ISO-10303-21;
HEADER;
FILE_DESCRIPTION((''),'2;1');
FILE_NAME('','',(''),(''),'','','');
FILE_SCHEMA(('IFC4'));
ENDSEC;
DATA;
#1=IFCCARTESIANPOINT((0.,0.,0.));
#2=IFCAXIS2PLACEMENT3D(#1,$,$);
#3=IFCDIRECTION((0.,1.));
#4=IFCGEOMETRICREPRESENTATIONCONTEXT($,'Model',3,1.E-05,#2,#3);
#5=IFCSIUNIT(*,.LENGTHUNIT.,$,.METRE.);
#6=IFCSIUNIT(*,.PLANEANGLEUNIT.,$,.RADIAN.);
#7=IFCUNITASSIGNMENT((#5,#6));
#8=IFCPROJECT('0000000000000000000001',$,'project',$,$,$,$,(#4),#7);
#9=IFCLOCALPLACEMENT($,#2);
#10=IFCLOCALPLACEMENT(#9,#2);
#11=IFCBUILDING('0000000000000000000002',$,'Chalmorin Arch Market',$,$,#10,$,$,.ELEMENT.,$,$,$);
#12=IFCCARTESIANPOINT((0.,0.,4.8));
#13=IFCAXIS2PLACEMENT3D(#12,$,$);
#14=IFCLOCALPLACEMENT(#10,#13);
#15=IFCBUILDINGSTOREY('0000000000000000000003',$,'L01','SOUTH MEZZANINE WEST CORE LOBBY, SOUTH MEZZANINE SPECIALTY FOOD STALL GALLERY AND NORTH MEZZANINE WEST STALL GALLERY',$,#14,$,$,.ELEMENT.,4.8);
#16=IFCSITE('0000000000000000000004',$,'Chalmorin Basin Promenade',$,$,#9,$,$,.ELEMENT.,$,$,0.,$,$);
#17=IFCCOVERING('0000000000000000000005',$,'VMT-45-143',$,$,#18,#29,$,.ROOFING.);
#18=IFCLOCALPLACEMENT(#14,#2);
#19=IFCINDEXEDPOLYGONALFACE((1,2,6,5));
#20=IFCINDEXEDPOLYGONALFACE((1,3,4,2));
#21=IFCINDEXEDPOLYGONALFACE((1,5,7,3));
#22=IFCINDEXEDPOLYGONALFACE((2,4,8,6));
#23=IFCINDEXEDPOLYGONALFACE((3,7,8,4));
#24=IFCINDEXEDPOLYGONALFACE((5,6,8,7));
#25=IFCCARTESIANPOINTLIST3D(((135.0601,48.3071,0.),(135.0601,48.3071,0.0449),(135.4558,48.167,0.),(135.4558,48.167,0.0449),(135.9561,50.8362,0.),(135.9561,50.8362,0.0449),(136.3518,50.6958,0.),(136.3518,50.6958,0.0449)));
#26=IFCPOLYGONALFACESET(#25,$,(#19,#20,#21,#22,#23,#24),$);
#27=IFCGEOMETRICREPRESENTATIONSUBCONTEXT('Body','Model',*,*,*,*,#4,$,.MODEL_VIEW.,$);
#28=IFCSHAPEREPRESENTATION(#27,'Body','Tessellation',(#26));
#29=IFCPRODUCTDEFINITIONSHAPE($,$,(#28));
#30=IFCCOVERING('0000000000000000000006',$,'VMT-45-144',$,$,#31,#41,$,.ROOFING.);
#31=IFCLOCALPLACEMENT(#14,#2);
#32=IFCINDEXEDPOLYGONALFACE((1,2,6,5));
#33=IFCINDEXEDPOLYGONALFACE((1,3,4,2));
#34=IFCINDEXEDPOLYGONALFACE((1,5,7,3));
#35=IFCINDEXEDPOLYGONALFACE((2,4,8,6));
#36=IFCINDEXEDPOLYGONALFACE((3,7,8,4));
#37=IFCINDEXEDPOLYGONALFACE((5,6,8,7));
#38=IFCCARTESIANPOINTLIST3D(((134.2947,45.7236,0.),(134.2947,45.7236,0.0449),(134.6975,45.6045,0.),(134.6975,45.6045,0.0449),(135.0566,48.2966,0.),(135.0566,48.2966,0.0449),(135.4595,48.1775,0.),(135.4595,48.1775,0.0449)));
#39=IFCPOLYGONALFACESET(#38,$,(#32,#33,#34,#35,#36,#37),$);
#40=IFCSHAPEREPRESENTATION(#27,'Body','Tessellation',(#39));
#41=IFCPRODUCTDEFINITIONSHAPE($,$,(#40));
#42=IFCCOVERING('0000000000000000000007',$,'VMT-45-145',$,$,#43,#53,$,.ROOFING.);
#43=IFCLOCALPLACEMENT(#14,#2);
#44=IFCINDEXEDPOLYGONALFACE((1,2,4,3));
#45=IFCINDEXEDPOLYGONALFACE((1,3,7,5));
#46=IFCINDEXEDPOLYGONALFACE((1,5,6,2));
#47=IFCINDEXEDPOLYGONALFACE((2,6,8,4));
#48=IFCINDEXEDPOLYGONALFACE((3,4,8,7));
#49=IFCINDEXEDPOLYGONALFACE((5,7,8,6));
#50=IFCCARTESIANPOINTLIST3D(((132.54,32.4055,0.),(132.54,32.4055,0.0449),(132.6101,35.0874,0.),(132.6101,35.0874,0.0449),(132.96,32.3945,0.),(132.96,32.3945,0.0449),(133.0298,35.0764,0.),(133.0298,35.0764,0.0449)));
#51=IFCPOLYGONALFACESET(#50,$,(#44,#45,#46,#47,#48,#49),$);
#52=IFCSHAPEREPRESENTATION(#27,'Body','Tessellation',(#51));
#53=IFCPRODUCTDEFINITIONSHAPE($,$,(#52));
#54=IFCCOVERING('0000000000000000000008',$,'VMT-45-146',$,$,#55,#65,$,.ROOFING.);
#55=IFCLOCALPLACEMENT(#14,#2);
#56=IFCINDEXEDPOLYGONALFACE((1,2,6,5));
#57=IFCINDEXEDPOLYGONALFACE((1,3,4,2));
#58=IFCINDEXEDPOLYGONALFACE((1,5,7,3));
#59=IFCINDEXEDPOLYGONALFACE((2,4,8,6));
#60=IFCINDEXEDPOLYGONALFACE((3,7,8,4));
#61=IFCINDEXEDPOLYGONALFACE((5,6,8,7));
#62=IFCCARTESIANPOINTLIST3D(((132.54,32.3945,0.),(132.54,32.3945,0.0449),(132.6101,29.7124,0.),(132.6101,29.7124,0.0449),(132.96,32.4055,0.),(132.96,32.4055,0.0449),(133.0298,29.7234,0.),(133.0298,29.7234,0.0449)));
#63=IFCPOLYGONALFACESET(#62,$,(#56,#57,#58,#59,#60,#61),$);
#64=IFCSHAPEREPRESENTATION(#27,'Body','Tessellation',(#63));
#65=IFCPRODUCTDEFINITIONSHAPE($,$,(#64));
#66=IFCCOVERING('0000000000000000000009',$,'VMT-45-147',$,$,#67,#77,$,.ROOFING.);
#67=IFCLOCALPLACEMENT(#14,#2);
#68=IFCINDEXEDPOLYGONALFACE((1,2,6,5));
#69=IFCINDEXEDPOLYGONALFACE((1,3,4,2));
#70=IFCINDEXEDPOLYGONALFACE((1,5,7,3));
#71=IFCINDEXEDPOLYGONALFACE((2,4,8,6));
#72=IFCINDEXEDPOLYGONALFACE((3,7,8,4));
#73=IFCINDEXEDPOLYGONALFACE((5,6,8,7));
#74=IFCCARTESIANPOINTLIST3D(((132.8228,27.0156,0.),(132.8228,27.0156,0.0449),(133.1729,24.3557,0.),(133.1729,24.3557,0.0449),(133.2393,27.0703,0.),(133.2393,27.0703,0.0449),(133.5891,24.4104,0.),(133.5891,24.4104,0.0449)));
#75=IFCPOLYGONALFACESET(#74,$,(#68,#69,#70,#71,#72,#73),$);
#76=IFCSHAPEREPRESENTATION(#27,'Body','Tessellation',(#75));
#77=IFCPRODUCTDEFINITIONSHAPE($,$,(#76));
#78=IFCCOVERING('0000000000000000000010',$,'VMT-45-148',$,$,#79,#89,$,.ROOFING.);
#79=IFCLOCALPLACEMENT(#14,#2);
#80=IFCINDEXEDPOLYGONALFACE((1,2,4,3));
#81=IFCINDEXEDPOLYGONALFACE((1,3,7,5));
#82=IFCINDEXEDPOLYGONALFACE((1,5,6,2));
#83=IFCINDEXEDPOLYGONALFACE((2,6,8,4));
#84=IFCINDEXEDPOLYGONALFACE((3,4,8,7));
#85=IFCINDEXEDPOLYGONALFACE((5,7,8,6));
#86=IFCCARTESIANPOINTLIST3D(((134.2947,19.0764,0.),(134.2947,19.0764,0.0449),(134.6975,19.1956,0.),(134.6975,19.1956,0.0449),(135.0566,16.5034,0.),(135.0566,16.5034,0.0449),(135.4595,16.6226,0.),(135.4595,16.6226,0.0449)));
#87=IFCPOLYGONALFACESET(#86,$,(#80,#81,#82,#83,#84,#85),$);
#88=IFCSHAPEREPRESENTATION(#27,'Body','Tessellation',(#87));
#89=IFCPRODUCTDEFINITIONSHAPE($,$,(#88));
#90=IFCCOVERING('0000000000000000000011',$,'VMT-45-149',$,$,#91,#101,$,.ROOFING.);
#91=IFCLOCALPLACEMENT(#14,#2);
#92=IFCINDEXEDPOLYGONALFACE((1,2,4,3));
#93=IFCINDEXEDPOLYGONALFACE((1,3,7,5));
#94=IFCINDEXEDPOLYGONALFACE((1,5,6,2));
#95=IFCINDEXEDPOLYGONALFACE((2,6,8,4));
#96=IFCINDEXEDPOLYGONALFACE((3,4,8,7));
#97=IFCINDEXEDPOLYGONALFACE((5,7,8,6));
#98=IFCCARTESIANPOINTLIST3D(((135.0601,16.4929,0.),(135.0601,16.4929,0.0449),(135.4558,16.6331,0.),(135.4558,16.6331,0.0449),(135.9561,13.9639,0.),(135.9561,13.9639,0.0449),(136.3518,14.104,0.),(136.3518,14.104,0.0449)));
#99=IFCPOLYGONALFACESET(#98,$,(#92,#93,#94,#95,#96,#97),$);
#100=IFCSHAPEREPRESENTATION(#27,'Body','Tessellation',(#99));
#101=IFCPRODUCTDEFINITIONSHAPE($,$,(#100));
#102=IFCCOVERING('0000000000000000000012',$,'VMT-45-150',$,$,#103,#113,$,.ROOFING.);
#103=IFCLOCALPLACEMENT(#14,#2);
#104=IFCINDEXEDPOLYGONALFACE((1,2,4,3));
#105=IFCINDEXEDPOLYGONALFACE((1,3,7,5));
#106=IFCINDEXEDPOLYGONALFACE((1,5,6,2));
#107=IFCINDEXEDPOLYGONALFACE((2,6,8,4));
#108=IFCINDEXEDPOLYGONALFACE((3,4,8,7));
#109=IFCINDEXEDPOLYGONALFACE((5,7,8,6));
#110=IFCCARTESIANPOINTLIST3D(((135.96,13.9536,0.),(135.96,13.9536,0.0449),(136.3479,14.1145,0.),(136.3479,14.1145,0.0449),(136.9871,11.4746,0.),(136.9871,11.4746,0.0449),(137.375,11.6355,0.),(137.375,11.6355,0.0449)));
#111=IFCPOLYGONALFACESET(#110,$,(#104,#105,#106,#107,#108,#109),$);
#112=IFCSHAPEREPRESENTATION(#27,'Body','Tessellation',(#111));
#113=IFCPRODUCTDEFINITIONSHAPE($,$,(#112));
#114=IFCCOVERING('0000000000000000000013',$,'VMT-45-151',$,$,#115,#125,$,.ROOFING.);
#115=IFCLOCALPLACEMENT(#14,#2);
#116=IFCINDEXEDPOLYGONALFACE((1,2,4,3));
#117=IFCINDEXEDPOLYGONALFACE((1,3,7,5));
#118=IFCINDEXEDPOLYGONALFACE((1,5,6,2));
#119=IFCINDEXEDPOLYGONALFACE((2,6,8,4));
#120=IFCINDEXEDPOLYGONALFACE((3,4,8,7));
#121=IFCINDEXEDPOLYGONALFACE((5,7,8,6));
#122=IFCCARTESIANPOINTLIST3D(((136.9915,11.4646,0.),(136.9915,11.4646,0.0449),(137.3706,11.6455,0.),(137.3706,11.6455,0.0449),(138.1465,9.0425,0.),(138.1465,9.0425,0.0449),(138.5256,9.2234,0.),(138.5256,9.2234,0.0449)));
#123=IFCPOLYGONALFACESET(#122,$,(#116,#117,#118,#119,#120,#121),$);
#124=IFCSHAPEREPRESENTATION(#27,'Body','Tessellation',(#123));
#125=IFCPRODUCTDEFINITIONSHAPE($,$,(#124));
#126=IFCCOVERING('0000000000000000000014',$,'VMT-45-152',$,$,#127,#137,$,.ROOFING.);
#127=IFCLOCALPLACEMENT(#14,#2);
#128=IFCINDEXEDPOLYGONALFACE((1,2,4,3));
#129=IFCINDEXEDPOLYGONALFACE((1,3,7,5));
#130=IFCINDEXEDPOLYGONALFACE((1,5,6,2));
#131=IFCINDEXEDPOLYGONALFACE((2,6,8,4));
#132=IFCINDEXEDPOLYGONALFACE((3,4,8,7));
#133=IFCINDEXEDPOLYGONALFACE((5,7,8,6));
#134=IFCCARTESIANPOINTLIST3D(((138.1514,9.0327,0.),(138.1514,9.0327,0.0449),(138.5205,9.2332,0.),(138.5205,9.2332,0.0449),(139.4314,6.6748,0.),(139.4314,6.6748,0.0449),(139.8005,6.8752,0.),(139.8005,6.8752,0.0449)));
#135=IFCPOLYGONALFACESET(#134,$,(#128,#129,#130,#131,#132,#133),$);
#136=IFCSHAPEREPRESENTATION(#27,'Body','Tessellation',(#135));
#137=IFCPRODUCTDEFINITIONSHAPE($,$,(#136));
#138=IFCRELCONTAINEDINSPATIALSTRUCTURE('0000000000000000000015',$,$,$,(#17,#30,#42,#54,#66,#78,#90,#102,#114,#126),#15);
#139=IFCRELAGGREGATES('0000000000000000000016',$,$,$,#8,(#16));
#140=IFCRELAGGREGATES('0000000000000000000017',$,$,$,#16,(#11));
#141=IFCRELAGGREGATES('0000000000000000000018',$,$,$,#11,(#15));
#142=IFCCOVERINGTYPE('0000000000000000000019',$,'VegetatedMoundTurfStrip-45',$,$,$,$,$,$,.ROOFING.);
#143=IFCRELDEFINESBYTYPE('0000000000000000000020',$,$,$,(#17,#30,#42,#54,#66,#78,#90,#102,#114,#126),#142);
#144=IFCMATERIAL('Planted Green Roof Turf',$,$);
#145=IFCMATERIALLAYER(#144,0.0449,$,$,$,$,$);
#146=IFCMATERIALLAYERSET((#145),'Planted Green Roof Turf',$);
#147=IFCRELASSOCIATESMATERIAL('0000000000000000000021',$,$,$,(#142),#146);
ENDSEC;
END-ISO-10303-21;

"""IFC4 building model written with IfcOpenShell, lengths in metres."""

from ifc_helpers import new_model, si_unit, direction, frame, origin, place, context, subcontext, project, spatial, polyline, outline, extrude, material, layer, layer_set, type_object, element, save


model = new_model("IFC4")

# Units and contexts
model_context = context("Model", 3, precision=1e-05, world=origin(), true_north=direction((0.0, 1.0)))
body_context = subcontext(model_context, "Body", "Model", "MODEL_VIEW")
ifc_project = project(units=[si_unit("LENGTHUNIT", "METRE"), si_unit("PLANEANGLEUNIT", "RADIAN")], contexts=[model_context])

# Site, building, storey
site_placement = place(None, origin())
site = spatial("IfcSite", under=ifc_project, at=site_placement, Name="Chalmorin Basin Promenade", CompositionType="ELEMENT", RefElevation=0.0)
building_placement = place(site_placement, origin())
building = spatial("IfcBuilding", under=site, at=building_placement, Name="Chalmorin Arch Market", CompositionType="ELEMENT")
storey_placement = place(building_placement, frame((0.0, 0.0, 4.8)))
storey = spatial("IfcBuildingStorey", under=building, at=storey_placement, Name="L01", Description="SOUTH MEZZANINE WEST CORE LOBBY, SOUTH MEZZANINE SPECIALTY FOOD STALL GALLERY AND NORTH MEZZANINE WEST STALL GALLERY", CompositionType="ELEMENT", Elevation=4.8)

# Coverings
ifc_material_1 = material(Name="Planted Green Roof Turf")
ifc_layer_1 = layer(ifc_material_1, 0.0449)
ifc_layer_set_1 = layer_set([ifc_layer_1], Name="Planted Green Roof Turf")
covering_type_1 = type_object("IfcCoveringType", Name="VegetatedMoundTurfStrip-45", PredefinedType="ROOFING", material=ifc_layer_set_1)
covering_1_placement = place(storey_placement, origin())
element("IfcCovering", 1, at=covering_1_placement, inside=storey, type_object=covering_type_1, Name="VMT-45-143", PredefinedType="ROOFING", context=body_context, shape_type="SweptSolid", body=[
    extrude(outline(polyline([(135.9561, 50.8362), (135.0601, 48.3071), (135.4558, 48.167), (136.3518, 50.6958), (135.9561, 50.8362)])), origin(), (0.0, 0.0, 1.0), 0.0449),
])
covering_2_placement = place(storey_placement, origin())
element("IfcCovering", 2, at=covering_2_placement, inside=storey, type_object=covering_type_1, Name="VMT-45-144", PredefinedType="ROOFING", context=body_context, shape_type="SweptSolid", body=[
    extrude(outline(polyline([(135.0566, 48.2966), (134.2947, 45.7236), (134.6975, 45.6045), (135.4595, 48.1775), (135.0566, 48.2966)])), origin(), (0.0, 0.0, 1.0), 0.0449),
])
covering_3_placement = place(storey_placement, origin())
element("IfcCovering", 3, at=covering_3_placement, inside=storey, type_object=covering_type_1, Name="VMT-45-145", PredefinedType="ROOFING", context=body_context, shape_type="SweptSolid", body=[
    extrude(outline(polyline([(132.6101, 35.0874), (132.54, 32.4055), (132.96, 32.3945), (133.0298, 35.0764), (132.6101, 35.0874)])), origin(), (0.0, 0.0, 1.0), 0.0449),
])
covering_4_placement = place(storey_placement, origin())
element("IfcCovering", 4, at=covering_4_placement, inside=storey, type_object=covering_type_1, Name="VMT-45-146", PredefinedType="ROOFING", context=body_context, shape_type="SweptSolid", body=[
    extrude(outline(polyline([(132.54, 32.3945), (132.6101, 29.7124), (133.0298, 29.7234), (132.96, 32.4055), (132.54, 32.3945)])), origin(), (0.0, 0.0, 1.0), 0.0449),
])
covering_5_placement = place(storey_placement, origin())
element("IfcCovering", 5, at=covering_5_placement, inside=storey, type_object=covering_type_1, Name="VMT-45-147", PredefinedType="ROOFING", context=body_context, shape_type="SweptSolid", body=[
    extrude(outline(polyline([(132.8228, 27.0156), (133.1729, 24.3557), (133.5891, 24.4104), (133.2393, 27.0703), (132.8228, 27.0156)])), origin(), (0.0, 0.0, 1.0), 0.0449),
])
covering_6_placement = place(storey_placement, origin())
element("IfcCovering", 6, at=covering_6_placement, inside=storey, type_object=covering_type_1, Name="VMT-45-148", PredefinedType="ROOFING", context=body_context, shape_type="SweptSolid", body=[
    extrude(outline(polyline([(134.2947, 19.0764), (135.0566, 16.5034), (135.4595, 16.6226), (134.6975, 19.1956), (134.2947, 19.0764)])), origin(), (0.0, 0.0, 1.0), 0.0449),
])
covering_7_placement = place(storey_placement, origin())
element("IfcCovering", 7, at=covering_7_placement, inside=storey, type_object=covering_type_1, Name="VMT-45-149", PredefinedType="ROOFING", context=body_context, shape_type="SweptSolid", body=[
    extrude(outline(polyline([(135.0601, 16.4929), (135.9561, 13.9639), (136.3518, 14.104), (135.4558, 16.6331), (135.0601, 16.4929)])), origin(), (0.0, 0.0, 1.0), 0.0449),
])
covering_8_placement = place(storey_placement, origin())
element("IfcCovering", 8, at=covering_8_placement, inside=storey, type_object=covering_type_1, Name="VMT-45-150", PredefinedType="ROOFING", context=body_context, shape_type="SweptSolid", body=[
    extrude(outline(polyline([(135.96, 13.9536), (136.9871, 11.4746), (137.375, 11.6355), (136.3479, 14.1145), (135.96, 13.9536)])), origin(), (0.0, 0.0, 1.0), 0.0449),
])
covering_9_placement = place(storey_placement, origin())
element("IfcCovering", 9, at=covering_9_placement, inside=storey, type_object=covering_type_1, Name="VMT-45-151", PredefinedType="ROOFING", context=body_context, shape_type="SweptSolid", body=[
    extrude(outline(polyline([(136.9915, 11.4646), (138.1465, 9.0425), (138.5256, 9.2234), (137.3706, 11.6455), (136.9915, 11.4646)])), origin(), (0.0, 0.0, 1.0), 0.0449),
])
covering_10_placement = place(storey_placement, origin())
element("IfcCovering", 10, at=covering_10_placement, inside=storey, type_object=covering_type_1, Name="VMT-45-152", PredefinedType="ROOFING", context=body_context, shape_type="SweptSolid", body=[
    extrude(outline(polyline([(138.1514, 9.0327), (139.4314, 6.6748), (139.8005, 6.8752), (138.5205, 9.2332), (138.1514, 9.0327)])), origin(), (0.0, 0.0, 1.0), 0.0449),
])

save(model, "model.ifc")
